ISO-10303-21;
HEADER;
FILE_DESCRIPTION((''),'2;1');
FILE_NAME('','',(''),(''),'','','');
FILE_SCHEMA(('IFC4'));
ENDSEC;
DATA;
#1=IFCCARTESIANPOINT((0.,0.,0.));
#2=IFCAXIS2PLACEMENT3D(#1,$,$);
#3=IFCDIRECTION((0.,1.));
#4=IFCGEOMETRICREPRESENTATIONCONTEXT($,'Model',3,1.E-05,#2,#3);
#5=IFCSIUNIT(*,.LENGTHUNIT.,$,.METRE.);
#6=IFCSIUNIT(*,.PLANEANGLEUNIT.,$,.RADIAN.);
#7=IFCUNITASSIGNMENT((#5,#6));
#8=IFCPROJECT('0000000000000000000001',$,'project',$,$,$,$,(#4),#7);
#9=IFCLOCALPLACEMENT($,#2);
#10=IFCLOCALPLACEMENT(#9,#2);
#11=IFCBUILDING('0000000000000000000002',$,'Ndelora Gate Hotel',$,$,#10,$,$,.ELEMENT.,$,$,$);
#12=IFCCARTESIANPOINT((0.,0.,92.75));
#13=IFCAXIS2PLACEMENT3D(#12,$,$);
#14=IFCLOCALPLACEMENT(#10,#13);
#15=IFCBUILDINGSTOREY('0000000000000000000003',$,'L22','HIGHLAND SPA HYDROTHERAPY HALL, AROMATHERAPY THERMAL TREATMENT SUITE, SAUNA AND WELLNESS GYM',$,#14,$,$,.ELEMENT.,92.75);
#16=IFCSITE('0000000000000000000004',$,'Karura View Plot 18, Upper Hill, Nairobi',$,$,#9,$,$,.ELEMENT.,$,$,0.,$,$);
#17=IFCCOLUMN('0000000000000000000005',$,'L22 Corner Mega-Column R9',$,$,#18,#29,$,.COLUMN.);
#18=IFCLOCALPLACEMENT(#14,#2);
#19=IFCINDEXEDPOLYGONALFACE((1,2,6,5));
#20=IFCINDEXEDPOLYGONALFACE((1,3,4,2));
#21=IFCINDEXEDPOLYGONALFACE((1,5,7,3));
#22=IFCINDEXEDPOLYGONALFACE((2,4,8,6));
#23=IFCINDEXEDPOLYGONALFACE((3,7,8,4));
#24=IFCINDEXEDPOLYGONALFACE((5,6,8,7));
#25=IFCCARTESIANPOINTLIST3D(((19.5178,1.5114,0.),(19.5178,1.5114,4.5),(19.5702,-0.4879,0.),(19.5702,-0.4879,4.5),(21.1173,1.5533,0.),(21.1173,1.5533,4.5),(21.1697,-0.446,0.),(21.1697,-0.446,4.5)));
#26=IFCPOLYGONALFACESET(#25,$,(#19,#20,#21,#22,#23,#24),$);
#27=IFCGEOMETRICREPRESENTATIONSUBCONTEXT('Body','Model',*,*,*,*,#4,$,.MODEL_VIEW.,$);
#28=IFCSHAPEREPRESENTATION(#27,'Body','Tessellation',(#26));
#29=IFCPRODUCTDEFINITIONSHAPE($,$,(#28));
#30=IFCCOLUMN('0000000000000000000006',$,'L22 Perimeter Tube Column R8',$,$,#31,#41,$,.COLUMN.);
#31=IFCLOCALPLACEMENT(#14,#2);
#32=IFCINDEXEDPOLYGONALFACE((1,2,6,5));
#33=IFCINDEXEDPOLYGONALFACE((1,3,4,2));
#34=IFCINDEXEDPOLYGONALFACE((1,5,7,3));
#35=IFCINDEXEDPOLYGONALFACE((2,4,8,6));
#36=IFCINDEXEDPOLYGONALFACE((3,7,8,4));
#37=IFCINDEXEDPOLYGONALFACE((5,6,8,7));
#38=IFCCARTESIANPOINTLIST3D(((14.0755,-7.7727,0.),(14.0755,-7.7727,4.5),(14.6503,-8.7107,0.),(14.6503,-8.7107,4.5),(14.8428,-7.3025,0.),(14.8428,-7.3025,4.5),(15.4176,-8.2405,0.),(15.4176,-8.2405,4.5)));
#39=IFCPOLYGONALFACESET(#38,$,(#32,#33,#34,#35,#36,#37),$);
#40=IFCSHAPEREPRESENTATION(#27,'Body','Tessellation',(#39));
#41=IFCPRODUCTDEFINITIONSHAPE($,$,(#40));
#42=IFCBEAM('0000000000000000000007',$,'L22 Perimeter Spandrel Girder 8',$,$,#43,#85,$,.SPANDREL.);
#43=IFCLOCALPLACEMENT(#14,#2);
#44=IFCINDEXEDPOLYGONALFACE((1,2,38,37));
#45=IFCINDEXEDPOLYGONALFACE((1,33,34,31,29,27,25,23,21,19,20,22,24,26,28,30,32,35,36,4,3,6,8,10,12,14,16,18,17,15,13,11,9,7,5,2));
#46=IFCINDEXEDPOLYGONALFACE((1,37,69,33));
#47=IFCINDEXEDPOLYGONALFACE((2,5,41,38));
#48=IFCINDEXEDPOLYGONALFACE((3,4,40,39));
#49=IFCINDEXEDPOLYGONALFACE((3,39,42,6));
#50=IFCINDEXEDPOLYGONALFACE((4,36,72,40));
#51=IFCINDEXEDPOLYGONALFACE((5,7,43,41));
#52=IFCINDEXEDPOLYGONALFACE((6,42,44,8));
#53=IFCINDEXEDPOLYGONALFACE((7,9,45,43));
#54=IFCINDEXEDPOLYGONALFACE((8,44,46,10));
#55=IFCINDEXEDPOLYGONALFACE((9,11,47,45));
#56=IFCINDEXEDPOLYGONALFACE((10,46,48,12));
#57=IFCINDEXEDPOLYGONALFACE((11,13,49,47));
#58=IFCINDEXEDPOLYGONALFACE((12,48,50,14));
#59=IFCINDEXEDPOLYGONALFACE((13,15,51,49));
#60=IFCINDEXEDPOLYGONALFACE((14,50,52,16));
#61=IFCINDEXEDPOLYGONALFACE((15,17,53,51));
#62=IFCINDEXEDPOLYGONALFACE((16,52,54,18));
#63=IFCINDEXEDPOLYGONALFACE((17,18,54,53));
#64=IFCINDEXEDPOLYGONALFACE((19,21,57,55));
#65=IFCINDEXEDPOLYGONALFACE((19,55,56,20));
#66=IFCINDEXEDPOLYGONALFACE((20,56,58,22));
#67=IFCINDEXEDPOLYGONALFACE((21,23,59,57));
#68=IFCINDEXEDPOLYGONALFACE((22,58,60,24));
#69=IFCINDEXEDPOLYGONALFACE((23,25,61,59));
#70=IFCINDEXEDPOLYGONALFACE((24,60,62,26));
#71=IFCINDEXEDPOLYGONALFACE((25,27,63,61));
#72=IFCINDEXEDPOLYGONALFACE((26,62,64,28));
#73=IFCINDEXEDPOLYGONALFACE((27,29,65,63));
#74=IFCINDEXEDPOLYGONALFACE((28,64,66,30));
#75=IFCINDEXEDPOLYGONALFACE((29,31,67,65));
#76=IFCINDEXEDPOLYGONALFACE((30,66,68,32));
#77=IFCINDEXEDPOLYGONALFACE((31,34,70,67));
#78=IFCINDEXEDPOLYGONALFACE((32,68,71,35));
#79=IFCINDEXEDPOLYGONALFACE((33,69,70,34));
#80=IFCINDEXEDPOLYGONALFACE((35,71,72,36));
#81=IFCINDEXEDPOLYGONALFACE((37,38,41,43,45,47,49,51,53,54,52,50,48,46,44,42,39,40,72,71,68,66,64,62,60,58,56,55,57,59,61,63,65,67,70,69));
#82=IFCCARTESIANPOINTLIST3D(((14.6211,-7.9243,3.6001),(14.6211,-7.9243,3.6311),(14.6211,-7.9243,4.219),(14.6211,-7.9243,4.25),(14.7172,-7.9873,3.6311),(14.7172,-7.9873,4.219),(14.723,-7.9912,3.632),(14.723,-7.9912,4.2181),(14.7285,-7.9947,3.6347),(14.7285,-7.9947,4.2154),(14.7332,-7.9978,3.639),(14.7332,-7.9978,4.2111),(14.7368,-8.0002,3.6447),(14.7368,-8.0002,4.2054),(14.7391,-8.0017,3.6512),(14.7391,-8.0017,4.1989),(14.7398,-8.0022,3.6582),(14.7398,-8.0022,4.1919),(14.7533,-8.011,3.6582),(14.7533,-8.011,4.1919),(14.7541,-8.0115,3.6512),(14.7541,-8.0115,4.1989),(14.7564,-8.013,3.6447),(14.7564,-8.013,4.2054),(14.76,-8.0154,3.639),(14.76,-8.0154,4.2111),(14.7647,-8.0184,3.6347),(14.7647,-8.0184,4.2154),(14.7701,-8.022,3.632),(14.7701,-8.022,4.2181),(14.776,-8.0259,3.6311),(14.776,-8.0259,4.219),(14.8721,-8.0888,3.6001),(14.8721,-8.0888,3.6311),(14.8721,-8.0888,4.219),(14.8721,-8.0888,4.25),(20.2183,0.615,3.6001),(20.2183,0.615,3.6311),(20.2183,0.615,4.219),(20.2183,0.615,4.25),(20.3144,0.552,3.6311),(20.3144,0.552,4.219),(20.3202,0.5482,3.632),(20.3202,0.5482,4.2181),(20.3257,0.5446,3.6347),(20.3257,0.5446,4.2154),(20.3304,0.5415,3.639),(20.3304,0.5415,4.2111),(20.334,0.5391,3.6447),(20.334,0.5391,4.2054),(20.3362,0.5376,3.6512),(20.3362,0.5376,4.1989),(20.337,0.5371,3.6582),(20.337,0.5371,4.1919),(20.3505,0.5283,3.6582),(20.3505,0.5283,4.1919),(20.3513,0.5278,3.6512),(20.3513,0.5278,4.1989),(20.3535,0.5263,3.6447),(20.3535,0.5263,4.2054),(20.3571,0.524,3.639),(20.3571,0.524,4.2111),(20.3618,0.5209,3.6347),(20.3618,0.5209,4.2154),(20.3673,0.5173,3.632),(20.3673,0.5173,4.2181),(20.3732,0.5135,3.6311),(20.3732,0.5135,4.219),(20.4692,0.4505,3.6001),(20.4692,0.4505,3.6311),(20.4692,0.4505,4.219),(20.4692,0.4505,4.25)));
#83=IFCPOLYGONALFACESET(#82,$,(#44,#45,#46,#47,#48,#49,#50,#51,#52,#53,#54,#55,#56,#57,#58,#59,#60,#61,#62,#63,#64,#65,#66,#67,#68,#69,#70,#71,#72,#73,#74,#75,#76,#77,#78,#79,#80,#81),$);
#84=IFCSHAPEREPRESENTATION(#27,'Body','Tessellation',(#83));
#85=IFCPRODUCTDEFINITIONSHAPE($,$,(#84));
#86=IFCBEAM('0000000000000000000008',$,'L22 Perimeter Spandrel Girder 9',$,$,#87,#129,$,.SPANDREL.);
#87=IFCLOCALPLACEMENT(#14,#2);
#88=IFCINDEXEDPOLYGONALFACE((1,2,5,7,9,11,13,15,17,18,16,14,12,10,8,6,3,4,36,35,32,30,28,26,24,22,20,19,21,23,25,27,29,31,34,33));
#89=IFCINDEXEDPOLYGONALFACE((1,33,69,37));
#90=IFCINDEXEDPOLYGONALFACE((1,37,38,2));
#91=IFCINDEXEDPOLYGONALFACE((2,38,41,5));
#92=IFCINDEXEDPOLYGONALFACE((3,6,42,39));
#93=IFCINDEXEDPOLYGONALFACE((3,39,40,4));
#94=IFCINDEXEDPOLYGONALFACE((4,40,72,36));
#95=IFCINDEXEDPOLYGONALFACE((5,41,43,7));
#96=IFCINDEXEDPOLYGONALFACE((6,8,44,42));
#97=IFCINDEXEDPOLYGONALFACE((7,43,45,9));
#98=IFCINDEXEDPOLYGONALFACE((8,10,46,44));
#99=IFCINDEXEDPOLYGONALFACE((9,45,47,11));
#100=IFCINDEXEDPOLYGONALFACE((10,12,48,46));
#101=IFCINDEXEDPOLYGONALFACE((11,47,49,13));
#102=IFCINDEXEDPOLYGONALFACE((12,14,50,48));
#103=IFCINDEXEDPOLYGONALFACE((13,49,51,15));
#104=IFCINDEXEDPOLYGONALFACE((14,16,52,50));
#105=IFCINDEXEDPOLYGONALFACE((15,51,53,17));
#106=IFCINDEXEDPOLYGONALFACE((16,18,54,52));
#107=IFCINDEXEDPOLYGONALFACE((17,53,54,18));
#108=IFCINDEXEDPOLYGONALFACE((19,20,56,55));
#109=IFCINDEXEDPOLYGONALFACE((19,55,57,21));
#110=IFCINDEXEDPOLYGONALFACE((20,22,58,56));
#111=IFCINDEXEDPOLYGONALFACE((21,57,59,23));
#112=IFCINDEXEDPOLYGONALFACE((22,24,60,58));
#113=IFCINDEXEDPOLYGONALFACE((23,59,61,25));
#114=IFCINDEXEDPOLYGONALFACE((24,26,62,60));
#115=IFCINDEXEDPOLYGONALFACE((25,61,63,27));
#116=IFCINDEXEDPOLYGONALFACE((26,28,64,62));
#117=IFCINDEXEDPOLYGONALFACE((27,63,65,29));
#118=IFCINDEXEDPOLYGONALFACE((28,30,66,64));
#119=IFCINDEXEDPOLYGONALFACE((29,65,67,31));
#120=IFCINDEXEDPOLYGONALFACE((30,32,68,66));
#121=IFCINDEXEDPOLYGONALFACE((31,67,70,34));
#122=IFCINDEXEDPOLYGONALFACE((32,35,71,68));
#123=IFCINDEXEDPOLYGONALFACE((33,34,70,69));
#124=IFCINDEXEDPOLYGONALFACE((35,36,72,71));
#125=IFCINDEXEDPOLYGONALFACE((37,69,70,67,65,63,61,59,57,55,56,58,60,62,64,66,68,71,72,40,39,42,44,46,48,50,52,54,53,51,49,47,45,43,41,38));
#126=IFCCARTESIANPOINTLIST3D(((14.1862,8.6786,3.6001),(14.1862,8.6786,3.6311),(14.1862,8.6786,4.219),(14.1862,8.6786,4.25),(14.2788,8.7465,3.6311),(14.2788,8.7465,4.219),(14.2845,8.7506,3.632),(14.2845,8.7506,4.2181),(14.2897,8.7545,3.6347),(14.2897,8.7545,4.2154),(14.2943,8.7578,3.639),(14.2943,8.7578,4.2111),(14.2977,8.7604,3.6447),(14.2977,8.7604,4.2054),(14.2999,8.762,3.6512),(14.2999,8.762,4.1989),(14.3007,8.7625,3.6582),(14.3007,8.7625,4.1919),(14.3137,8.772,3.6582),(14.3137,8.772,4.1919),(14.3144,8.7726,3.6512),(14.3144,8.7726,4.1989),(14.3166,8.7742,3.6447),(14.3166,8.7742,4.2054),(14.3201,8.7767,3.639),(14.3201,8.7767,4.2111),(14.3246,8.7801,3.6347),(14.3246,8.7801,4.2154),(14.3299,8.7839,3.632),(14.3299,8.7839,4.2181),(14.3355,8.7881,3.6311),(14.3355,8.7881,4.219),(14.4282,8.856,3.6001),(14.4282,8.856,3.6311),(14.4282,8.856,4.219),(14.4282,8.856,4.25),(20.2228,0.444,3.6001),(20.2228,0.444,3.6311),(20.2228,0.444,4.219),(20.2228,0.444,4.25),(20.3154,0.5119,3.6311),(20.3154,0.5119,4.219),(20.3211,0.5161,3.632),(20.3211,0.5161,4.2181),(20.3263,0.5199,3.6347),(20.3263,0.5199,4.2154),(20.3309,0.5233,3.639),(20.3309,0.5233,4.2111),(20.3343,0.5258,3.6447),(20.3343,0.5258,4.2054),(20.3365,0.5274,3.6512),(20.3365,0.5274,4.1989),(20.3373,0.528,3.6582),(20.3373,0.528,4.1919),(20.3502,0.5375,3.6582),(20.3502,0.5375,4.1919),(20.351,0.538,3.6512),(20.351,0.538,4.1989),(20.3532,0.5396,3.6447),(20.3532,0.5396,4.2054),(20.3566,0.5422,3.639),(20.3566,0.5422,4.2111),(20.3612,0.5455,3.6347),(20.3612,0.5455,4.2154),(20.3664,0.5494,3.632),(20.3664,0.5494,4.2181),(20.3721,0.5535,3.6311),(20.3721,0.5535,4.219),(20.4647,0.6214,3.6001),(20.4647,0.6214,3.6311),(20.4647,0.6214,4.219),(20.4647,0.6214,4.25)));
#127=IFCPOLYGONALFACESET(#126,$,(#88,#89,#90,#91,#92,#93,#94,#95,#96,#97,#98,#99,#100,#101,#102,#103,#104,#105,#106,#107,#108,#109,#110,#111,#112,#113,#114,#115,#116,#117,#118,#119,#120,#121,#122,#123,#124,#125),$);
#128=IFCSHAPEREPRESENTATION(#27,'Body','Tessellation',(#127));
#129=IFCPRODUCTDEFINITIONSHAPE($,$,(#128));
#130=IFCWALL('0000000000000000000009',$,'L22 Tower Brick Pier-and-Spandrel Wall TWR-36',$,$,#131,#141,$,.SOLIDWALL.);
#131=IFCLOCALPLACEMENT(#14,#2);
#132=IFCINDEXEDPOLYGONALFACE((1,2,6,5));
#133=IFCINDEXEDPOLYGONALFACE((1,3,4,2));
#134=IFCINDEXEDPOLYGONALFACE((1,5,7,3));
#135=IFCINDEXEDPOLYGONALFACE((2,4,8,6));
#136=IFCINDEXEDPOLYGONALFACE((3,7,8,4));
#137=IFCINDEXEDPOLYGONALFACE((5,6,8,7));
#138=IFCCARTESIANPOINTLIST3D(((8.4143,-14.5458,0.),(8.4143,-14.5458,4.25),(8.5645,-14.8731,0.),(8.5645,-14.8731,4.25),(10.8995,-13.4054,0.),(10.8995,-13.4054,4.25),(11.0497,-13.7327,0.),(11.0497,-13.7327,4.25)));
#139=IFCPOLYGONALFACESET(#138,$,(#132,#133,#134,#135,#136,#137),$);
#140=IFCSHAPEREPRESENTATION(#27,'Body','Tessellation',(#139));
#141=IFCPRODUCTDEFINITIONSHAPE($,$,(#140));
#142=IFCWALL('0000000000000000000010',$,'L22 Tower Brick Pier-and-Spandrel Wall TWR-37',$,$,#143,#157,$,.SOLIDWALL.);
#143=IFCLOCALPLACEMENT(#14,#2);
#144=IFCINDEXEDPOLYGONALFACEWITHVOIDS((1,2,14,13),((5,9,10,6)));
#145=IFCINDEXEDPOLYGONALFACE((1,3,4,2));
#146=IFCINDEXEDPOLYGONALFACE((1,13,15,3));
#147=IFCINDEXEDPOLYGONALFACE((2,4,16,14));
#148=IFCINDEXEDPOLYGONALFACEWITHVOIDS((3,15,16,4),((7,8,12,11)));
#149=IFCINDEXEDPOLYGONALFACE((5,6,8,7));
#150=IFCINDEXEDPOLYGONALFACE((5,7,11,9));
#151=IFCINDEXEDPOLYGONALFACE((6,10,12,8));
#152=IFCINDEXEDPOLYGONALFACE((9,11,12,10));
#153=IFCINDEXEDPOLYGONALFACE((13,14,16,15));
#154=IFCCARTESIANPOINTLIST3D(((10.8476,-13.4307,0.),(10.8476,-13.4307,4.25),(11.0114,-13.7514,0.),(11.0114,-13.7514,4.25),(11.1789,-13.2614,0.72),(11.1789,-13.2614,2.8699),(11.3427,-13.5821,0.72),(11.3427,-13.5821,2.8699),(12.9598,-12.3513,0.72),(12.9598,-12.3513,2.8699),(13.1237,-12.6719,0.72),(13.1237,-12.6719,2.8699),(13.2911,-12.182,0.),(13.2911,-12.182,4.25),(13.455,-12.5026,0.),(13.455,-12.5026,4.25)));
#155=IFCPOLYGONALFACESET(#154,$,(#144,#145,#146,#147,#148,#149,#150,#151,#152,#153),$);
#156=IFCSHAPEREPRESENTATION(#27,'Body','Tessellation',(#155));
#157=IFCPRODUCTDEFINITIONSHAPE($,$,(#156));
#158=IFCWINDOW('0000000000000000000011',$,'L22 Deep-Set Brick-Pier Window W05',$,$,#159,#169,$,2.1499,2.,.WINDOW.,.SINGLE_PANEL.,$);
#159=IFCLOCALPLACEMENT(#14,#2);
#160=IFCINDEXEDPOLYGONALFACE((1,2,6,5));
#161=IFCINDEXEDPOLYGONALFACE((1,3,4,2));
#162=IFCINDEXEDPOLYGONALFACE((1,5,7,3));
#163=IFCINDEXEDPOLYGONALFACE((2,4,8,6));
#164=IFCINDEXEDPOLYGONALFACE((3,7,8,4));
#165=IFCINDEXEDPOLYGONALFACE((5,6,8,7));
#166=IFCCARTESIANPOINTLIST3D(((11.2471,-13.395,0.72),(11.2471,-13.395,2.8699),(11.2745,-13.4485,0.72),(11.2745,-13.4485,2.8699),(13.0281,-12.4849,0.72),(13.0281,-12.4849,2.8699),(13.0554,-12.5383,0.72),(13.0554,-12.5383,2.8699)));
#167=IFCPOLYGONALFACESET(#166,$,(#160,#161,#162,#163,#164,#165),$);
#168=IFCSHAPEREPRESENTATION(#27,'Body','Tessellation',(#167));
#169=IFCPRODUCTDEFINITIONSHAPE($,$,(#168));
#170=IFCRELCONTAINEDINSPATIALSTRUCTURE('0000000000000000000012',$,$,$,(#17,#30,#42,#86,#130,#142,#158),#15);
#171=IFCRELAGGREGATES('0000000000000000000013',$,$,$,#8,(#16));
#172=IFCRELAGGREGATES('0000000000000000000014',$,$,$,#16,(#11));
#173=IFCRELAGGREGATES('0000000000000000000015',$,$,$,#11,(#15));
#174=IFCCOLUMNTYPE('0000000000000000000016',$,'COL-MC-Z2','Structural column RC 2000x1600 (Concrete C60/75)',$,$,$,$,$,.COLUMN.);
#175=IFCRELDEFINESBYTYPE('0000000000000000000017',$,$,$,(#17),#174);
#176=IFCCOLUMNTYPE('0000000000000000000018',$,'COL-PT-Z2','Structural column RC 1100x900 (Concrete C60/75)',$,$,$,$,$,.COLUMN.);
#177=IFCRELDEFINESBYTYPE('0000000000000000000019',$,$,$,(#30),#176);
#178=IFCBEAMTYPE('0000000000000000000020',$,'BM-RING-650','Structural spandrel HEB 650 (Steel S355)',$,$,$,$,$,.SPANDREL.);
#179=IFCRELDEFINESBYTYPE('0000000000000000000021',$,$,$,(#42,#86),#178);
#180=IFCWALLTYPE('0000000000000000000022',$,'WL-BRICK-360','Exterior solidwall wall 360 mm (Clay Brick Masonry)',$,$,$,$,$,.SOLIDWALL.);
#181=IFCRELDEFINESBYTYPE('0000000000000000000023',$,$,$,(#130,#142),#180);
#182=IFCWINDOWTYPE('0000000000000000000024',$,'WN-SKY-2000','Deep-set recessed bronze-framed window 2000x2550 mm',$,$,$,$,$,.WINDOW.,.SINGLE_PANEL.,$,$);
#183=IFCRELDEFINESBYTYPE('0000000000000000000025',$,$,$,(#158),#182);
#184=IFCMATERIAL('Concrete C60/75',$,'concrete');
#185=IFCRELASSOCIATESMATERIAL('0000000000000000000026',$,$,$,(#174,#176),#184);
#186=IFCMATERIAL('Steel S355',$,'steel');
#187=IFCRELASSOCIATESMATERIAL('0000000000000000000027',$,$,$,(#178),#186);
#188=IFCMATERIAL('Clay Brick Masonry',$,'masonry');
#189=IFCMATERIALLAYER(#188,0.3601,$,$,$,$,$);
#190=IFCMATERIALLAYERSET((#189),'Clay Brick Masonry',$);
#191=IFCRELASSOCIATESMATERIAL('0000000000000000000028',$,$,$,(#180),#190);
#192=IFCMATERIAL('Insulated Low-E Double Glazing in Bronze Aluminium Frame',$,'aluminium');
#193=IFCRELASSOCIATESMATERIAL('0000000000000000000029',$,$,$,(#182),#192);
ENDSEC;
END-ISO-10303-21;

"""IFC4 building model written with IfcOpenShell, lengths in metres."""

from ifc_helpers import new_model, si_unit, direction, frame, frame_2d, origin, origin_2d, place, context, subcontext, project, spatial, rectangle, i_section, extrude, material, layer, layer_set, material_profile, profile_set, type_object, element, fill, save


model = new_model("IFC4")

# Units and contexts
model_context = context("Model", 3, precision=1e-05, world=origin(), true_north=direction((0.0, 1.0)))
body_context = subcontext(model_context, "Body", "Model", "MODEL_VIEW")
ifc_project = project(units=[si_unit("LENGTHUNIT", "METRE"), si_unit("PLANEANGLEUNIT", "RADIAN")], contexts=[model_context])

# Site, building, storey
site_placement = place(None, origin())
site = spatial("IfcSite", under=ifc_project, at=site_placement, Name="Karura View Plot 18, Upper Hill, Nairobi", CompositionType="ELEMENT", RefElevation=0.0)
building_placement = place(site_placement, origin())
building = spatial("IfcBuilding", under=site, at=building_placement, Name="Ndelora Gate Hotel", CompositionType="ELEMENT")
storey_placement = place(building_placement, frame((0.0, 0.0, 92.75)))
storey = spatial("IfcBuildingStorey", under=building, at=storey_placement, Name="L22", Description="HIGHLAND SPA HYDROTHERAPY HALL, AROMATHERAPY THERMAL TREATMENT SUITE, SAUNA AND WELLNESS GYM", CompositionType="ELEMENT", Elevation=92.75)

# Columns
ifc_material_1 = material(Name="Concrete C60/75", Category="concrete")
ifc_material_profile_1 = material_profile(ifc_material_1, rectangle(XDim=1.6001, YDim=2.0, at=origin_2d()), Name="RC 2000x1600")
ifc_profile_set_1 = profile_set([ifc_material_profile_1], Name="Concrete C60/75")
column_type_1 = type_object("IfcColumnType", Name="COL-MC-Z2", Description="Structural column RC 2000x1600 (Concrete C60/75)", PredefinedType="COLUMN", material=ifc_profile_set_1)
column_1_placement = place(storey_placement, frame((20.3438, 0.5327, 0.0), z_axis=(0.0, 0.0, 1.0), x_axis=(0.999657, 0.026177, 0.0)))
element("IfcColumn", 1, at=column_1_placement, inside=storey, type_object=column_type_1, Name="L22 Corner Mega-Column R9", PredefinedType="COLUMN", context=body_context, shape_type="SweptSolid", body=[
    extrude(rectangle(XDim=1.6001, YDim=2.0, at=origin_2d()), origin(), (0.0, 0.0, 1.0), 4.5),
])
ifc_material_profile_2 = material_profile(ifc_material_1, rectangle(XDim=0.8999, YDim=1.1001, at=origin_2d()), Name="RC 1100x900")
ifc_profile_set_2 = profile_set([ifc_material_profile_2], Name="Concrete C60/75")
column_type_2 = type_object("IfcColumnType", Name="COL-PT-Z2", Description="Structural column RC 1100x900 (Concrete C60/75)", PredefinedType="COLUMN", material=ifc_profile_set_2)
column_2_placement = place(storey_placement, frame((14.7466, -8.0066, 0.0), z_axis=(0.0, 0.0, 1.0), x_axis=(0.85264, 0.522499, 0.0)))
element("IfcColumn", 2, at=column_2_placement, inside=storey, type_object=column_type_2, Name="L22 Perimeter Tube Column R8", PredefinedType="COLUMN", context=body_context, shape_type="SweptSolid", body=[
    extrude(rectangle(XDim=0.8999, YDim=1.1001, at=origin_2d()), origin(), (0.0, 0.0, 1.0), 4.5),
])

# Beams
ifc_material_2 = material(Name="Steel S355", Category="steel")
ifc_material_profile_3 = material_profile(ifc_material_2, i_section(OverallWidth=0.3, OverallDepth=0.6499, WebThickness=0.0161, FlangeThickness=0.031, FilletRadius=0.0271, at=origin_2d()), Name="HEB 650")
ifc_profile_set_3 = profile_set([ifc_material_profile_3], Name="Steel S355")
beam_type = type_object("IfcBeamType", Name="BM-RING-650", Description="Structural spandrel HEB 650 (Steel S355)", PredefinedType="SPANDREL", material=ifc_profile_set_3)
for number, where, z_axis, x_axis, name in (
    (3, (14.7466, -8.0066, 3.925), (0.548194, 0.836351, 0.0), (-0.836351, 0.548194, 0.0), "L22 Perimeter Spandrel Girder 8"),
    (4, (20.3438, 0.5327, 3.925), (-0.59123, 0.806503, 0.0), (-0.806503, -0.59123, 0.0), "L22 Perimeter Spandrel Girder 9"),
):
    element("IfcBeam", number, at=place(storey_placement, frame(where, z_axis=z_axis, x_axis=x_axis)), inside=storey, type_object=beam_type, Name=name, PredefinedType="SPANDREL", context=body_context, shape_type="SweptSolid", body=[
        extrude(i_section(OverallWidth=0.3, OverallDepth=0.6499, WebThickness=0.0161, FlangeThickness=0.031, FilletRadius=0.0271, at=origin_2d()), origin(), (0.0, 0.0, 1.0), 10.2102),
    ])

# Wall
ifc_material_3 = material(Name="Clay Brick Masonry", Category="masonry")
ifc_layer_1 = layer(ifc_material_3, 0.3601)
ifc_layer_set_1 = layer_set([ifc_layer_1], Name="Clay Brick Masonry")
wall_type = type_object("IfcWallType", Name="WL-BRICK-360", Description="Exterior solidwall wall 360 mm (Clay Brick Masonry)", PredefinedType="SOLIDWALL", material=ifc_layer_set_1)
wall_1_placement = place(storey_placement, frame((10.9746, -13.5691, 0.0), z_axis=(0.0, 0.0, 1.0), x_axis=(-0.90889, -0.417036, 0.0)))
element("IfcWall", 5, at=wall_1_placement, inside=storey, type_object=wall_type, Name="L22 Tower Brick Pier-and-Spandrel Wall TWR-36", PredefinedType="SOLIDWALL", context=body_context, shape_type="SweptSolid", body=[
    extrude(rectangle(XDim=2.7344, YDim=0.3601, at=frame_2d((1.3672, 0.0))), origin(), (0.0, 0.0, 1.0), 4.25),
])

# Wall, opening, window
wall_2_placement = place(storey_placement, frame((13.373, -12.3423, 0.0), z_axis=(0.0, 0.0, 1.0), x_axis=(-0.89046, -0.455061, 0.0)))
wall_2 = element("IfcWall", 6, at=wall_2_placement, inside=storey, type_object=wall_type, Name="L22 Tower Brick Pier-and-Spandrel Wall TWR-37", PredefinedType="SOLIDWALL", context=body_context, shape_type="SweptSolid", body=[
    extrude(rectangle(XDim=2.7441, YDim=0.3601, at=frame_2d((1.3721, 0.0))), origin(), (0.0, 0.0, 1.0), 4.25),
])
opening_1_placement = place(wall_2_placement, frame((0.3721, 0.0, 0.72)))
opening_1 = element("IfcOpeningElement", 7, at=opening_1_placement, cuts=wall_2, PredefinedType="OPENING", context=body_context, shape_type="SweptSolid", body=[
    extrude(rectangle(XDim=2.0, YDim=2.1499, at=frame_2d((1.0, 1.075))), frame((0.0, 0.1899, 0.0), z_axis=(0.0, -1.0, 0.0), x_axis=(1.0, 0.0, 0.0)), (0.0, 0.0, 1.0), 0.3801),
])
ifc_material_4 = material(Name="Insulated Low-E Double Glazing in Bronze Aluminium Frame", Category="aluminium")
window_type = type_object("IfcWindowType", Name="WN-SKY-2000", Description="Deep-set recessed bronze-framed window 2000x2550 mm", PartitioningType="SINGLE_PANEL", PredefinedType="WINDOW", material=ifc_material_4)
window_1_placement = place(opening_1_placement, origin())
window_1 = element("IfcWindow", 8, at=window_1_placement, inside=storey, type_object=window_type, Name="L22 Deep-Set Brick-Pier Window W05", OverallHeight=2.1499, OverallWidth=2.0, PartitioningType="SINGLE_PANEL", PredefinedType="WINDOW", context=body_context, shape_type="SweptSolid", body=[
    extrude(rectangle(XDim=2.0, YDim=2.1499, at=frame_2d((1.0, 1.075))), frame((0.0, 0.03, 0.0), z_axis=(0.0, -1.0, 0.0), x_axis=(1.0, 0.0, 0.0)), (0.0, 0.0, 1.0), 0.0601),
])
fill(opening_1, window_1)

save(model, "model.ifc")
